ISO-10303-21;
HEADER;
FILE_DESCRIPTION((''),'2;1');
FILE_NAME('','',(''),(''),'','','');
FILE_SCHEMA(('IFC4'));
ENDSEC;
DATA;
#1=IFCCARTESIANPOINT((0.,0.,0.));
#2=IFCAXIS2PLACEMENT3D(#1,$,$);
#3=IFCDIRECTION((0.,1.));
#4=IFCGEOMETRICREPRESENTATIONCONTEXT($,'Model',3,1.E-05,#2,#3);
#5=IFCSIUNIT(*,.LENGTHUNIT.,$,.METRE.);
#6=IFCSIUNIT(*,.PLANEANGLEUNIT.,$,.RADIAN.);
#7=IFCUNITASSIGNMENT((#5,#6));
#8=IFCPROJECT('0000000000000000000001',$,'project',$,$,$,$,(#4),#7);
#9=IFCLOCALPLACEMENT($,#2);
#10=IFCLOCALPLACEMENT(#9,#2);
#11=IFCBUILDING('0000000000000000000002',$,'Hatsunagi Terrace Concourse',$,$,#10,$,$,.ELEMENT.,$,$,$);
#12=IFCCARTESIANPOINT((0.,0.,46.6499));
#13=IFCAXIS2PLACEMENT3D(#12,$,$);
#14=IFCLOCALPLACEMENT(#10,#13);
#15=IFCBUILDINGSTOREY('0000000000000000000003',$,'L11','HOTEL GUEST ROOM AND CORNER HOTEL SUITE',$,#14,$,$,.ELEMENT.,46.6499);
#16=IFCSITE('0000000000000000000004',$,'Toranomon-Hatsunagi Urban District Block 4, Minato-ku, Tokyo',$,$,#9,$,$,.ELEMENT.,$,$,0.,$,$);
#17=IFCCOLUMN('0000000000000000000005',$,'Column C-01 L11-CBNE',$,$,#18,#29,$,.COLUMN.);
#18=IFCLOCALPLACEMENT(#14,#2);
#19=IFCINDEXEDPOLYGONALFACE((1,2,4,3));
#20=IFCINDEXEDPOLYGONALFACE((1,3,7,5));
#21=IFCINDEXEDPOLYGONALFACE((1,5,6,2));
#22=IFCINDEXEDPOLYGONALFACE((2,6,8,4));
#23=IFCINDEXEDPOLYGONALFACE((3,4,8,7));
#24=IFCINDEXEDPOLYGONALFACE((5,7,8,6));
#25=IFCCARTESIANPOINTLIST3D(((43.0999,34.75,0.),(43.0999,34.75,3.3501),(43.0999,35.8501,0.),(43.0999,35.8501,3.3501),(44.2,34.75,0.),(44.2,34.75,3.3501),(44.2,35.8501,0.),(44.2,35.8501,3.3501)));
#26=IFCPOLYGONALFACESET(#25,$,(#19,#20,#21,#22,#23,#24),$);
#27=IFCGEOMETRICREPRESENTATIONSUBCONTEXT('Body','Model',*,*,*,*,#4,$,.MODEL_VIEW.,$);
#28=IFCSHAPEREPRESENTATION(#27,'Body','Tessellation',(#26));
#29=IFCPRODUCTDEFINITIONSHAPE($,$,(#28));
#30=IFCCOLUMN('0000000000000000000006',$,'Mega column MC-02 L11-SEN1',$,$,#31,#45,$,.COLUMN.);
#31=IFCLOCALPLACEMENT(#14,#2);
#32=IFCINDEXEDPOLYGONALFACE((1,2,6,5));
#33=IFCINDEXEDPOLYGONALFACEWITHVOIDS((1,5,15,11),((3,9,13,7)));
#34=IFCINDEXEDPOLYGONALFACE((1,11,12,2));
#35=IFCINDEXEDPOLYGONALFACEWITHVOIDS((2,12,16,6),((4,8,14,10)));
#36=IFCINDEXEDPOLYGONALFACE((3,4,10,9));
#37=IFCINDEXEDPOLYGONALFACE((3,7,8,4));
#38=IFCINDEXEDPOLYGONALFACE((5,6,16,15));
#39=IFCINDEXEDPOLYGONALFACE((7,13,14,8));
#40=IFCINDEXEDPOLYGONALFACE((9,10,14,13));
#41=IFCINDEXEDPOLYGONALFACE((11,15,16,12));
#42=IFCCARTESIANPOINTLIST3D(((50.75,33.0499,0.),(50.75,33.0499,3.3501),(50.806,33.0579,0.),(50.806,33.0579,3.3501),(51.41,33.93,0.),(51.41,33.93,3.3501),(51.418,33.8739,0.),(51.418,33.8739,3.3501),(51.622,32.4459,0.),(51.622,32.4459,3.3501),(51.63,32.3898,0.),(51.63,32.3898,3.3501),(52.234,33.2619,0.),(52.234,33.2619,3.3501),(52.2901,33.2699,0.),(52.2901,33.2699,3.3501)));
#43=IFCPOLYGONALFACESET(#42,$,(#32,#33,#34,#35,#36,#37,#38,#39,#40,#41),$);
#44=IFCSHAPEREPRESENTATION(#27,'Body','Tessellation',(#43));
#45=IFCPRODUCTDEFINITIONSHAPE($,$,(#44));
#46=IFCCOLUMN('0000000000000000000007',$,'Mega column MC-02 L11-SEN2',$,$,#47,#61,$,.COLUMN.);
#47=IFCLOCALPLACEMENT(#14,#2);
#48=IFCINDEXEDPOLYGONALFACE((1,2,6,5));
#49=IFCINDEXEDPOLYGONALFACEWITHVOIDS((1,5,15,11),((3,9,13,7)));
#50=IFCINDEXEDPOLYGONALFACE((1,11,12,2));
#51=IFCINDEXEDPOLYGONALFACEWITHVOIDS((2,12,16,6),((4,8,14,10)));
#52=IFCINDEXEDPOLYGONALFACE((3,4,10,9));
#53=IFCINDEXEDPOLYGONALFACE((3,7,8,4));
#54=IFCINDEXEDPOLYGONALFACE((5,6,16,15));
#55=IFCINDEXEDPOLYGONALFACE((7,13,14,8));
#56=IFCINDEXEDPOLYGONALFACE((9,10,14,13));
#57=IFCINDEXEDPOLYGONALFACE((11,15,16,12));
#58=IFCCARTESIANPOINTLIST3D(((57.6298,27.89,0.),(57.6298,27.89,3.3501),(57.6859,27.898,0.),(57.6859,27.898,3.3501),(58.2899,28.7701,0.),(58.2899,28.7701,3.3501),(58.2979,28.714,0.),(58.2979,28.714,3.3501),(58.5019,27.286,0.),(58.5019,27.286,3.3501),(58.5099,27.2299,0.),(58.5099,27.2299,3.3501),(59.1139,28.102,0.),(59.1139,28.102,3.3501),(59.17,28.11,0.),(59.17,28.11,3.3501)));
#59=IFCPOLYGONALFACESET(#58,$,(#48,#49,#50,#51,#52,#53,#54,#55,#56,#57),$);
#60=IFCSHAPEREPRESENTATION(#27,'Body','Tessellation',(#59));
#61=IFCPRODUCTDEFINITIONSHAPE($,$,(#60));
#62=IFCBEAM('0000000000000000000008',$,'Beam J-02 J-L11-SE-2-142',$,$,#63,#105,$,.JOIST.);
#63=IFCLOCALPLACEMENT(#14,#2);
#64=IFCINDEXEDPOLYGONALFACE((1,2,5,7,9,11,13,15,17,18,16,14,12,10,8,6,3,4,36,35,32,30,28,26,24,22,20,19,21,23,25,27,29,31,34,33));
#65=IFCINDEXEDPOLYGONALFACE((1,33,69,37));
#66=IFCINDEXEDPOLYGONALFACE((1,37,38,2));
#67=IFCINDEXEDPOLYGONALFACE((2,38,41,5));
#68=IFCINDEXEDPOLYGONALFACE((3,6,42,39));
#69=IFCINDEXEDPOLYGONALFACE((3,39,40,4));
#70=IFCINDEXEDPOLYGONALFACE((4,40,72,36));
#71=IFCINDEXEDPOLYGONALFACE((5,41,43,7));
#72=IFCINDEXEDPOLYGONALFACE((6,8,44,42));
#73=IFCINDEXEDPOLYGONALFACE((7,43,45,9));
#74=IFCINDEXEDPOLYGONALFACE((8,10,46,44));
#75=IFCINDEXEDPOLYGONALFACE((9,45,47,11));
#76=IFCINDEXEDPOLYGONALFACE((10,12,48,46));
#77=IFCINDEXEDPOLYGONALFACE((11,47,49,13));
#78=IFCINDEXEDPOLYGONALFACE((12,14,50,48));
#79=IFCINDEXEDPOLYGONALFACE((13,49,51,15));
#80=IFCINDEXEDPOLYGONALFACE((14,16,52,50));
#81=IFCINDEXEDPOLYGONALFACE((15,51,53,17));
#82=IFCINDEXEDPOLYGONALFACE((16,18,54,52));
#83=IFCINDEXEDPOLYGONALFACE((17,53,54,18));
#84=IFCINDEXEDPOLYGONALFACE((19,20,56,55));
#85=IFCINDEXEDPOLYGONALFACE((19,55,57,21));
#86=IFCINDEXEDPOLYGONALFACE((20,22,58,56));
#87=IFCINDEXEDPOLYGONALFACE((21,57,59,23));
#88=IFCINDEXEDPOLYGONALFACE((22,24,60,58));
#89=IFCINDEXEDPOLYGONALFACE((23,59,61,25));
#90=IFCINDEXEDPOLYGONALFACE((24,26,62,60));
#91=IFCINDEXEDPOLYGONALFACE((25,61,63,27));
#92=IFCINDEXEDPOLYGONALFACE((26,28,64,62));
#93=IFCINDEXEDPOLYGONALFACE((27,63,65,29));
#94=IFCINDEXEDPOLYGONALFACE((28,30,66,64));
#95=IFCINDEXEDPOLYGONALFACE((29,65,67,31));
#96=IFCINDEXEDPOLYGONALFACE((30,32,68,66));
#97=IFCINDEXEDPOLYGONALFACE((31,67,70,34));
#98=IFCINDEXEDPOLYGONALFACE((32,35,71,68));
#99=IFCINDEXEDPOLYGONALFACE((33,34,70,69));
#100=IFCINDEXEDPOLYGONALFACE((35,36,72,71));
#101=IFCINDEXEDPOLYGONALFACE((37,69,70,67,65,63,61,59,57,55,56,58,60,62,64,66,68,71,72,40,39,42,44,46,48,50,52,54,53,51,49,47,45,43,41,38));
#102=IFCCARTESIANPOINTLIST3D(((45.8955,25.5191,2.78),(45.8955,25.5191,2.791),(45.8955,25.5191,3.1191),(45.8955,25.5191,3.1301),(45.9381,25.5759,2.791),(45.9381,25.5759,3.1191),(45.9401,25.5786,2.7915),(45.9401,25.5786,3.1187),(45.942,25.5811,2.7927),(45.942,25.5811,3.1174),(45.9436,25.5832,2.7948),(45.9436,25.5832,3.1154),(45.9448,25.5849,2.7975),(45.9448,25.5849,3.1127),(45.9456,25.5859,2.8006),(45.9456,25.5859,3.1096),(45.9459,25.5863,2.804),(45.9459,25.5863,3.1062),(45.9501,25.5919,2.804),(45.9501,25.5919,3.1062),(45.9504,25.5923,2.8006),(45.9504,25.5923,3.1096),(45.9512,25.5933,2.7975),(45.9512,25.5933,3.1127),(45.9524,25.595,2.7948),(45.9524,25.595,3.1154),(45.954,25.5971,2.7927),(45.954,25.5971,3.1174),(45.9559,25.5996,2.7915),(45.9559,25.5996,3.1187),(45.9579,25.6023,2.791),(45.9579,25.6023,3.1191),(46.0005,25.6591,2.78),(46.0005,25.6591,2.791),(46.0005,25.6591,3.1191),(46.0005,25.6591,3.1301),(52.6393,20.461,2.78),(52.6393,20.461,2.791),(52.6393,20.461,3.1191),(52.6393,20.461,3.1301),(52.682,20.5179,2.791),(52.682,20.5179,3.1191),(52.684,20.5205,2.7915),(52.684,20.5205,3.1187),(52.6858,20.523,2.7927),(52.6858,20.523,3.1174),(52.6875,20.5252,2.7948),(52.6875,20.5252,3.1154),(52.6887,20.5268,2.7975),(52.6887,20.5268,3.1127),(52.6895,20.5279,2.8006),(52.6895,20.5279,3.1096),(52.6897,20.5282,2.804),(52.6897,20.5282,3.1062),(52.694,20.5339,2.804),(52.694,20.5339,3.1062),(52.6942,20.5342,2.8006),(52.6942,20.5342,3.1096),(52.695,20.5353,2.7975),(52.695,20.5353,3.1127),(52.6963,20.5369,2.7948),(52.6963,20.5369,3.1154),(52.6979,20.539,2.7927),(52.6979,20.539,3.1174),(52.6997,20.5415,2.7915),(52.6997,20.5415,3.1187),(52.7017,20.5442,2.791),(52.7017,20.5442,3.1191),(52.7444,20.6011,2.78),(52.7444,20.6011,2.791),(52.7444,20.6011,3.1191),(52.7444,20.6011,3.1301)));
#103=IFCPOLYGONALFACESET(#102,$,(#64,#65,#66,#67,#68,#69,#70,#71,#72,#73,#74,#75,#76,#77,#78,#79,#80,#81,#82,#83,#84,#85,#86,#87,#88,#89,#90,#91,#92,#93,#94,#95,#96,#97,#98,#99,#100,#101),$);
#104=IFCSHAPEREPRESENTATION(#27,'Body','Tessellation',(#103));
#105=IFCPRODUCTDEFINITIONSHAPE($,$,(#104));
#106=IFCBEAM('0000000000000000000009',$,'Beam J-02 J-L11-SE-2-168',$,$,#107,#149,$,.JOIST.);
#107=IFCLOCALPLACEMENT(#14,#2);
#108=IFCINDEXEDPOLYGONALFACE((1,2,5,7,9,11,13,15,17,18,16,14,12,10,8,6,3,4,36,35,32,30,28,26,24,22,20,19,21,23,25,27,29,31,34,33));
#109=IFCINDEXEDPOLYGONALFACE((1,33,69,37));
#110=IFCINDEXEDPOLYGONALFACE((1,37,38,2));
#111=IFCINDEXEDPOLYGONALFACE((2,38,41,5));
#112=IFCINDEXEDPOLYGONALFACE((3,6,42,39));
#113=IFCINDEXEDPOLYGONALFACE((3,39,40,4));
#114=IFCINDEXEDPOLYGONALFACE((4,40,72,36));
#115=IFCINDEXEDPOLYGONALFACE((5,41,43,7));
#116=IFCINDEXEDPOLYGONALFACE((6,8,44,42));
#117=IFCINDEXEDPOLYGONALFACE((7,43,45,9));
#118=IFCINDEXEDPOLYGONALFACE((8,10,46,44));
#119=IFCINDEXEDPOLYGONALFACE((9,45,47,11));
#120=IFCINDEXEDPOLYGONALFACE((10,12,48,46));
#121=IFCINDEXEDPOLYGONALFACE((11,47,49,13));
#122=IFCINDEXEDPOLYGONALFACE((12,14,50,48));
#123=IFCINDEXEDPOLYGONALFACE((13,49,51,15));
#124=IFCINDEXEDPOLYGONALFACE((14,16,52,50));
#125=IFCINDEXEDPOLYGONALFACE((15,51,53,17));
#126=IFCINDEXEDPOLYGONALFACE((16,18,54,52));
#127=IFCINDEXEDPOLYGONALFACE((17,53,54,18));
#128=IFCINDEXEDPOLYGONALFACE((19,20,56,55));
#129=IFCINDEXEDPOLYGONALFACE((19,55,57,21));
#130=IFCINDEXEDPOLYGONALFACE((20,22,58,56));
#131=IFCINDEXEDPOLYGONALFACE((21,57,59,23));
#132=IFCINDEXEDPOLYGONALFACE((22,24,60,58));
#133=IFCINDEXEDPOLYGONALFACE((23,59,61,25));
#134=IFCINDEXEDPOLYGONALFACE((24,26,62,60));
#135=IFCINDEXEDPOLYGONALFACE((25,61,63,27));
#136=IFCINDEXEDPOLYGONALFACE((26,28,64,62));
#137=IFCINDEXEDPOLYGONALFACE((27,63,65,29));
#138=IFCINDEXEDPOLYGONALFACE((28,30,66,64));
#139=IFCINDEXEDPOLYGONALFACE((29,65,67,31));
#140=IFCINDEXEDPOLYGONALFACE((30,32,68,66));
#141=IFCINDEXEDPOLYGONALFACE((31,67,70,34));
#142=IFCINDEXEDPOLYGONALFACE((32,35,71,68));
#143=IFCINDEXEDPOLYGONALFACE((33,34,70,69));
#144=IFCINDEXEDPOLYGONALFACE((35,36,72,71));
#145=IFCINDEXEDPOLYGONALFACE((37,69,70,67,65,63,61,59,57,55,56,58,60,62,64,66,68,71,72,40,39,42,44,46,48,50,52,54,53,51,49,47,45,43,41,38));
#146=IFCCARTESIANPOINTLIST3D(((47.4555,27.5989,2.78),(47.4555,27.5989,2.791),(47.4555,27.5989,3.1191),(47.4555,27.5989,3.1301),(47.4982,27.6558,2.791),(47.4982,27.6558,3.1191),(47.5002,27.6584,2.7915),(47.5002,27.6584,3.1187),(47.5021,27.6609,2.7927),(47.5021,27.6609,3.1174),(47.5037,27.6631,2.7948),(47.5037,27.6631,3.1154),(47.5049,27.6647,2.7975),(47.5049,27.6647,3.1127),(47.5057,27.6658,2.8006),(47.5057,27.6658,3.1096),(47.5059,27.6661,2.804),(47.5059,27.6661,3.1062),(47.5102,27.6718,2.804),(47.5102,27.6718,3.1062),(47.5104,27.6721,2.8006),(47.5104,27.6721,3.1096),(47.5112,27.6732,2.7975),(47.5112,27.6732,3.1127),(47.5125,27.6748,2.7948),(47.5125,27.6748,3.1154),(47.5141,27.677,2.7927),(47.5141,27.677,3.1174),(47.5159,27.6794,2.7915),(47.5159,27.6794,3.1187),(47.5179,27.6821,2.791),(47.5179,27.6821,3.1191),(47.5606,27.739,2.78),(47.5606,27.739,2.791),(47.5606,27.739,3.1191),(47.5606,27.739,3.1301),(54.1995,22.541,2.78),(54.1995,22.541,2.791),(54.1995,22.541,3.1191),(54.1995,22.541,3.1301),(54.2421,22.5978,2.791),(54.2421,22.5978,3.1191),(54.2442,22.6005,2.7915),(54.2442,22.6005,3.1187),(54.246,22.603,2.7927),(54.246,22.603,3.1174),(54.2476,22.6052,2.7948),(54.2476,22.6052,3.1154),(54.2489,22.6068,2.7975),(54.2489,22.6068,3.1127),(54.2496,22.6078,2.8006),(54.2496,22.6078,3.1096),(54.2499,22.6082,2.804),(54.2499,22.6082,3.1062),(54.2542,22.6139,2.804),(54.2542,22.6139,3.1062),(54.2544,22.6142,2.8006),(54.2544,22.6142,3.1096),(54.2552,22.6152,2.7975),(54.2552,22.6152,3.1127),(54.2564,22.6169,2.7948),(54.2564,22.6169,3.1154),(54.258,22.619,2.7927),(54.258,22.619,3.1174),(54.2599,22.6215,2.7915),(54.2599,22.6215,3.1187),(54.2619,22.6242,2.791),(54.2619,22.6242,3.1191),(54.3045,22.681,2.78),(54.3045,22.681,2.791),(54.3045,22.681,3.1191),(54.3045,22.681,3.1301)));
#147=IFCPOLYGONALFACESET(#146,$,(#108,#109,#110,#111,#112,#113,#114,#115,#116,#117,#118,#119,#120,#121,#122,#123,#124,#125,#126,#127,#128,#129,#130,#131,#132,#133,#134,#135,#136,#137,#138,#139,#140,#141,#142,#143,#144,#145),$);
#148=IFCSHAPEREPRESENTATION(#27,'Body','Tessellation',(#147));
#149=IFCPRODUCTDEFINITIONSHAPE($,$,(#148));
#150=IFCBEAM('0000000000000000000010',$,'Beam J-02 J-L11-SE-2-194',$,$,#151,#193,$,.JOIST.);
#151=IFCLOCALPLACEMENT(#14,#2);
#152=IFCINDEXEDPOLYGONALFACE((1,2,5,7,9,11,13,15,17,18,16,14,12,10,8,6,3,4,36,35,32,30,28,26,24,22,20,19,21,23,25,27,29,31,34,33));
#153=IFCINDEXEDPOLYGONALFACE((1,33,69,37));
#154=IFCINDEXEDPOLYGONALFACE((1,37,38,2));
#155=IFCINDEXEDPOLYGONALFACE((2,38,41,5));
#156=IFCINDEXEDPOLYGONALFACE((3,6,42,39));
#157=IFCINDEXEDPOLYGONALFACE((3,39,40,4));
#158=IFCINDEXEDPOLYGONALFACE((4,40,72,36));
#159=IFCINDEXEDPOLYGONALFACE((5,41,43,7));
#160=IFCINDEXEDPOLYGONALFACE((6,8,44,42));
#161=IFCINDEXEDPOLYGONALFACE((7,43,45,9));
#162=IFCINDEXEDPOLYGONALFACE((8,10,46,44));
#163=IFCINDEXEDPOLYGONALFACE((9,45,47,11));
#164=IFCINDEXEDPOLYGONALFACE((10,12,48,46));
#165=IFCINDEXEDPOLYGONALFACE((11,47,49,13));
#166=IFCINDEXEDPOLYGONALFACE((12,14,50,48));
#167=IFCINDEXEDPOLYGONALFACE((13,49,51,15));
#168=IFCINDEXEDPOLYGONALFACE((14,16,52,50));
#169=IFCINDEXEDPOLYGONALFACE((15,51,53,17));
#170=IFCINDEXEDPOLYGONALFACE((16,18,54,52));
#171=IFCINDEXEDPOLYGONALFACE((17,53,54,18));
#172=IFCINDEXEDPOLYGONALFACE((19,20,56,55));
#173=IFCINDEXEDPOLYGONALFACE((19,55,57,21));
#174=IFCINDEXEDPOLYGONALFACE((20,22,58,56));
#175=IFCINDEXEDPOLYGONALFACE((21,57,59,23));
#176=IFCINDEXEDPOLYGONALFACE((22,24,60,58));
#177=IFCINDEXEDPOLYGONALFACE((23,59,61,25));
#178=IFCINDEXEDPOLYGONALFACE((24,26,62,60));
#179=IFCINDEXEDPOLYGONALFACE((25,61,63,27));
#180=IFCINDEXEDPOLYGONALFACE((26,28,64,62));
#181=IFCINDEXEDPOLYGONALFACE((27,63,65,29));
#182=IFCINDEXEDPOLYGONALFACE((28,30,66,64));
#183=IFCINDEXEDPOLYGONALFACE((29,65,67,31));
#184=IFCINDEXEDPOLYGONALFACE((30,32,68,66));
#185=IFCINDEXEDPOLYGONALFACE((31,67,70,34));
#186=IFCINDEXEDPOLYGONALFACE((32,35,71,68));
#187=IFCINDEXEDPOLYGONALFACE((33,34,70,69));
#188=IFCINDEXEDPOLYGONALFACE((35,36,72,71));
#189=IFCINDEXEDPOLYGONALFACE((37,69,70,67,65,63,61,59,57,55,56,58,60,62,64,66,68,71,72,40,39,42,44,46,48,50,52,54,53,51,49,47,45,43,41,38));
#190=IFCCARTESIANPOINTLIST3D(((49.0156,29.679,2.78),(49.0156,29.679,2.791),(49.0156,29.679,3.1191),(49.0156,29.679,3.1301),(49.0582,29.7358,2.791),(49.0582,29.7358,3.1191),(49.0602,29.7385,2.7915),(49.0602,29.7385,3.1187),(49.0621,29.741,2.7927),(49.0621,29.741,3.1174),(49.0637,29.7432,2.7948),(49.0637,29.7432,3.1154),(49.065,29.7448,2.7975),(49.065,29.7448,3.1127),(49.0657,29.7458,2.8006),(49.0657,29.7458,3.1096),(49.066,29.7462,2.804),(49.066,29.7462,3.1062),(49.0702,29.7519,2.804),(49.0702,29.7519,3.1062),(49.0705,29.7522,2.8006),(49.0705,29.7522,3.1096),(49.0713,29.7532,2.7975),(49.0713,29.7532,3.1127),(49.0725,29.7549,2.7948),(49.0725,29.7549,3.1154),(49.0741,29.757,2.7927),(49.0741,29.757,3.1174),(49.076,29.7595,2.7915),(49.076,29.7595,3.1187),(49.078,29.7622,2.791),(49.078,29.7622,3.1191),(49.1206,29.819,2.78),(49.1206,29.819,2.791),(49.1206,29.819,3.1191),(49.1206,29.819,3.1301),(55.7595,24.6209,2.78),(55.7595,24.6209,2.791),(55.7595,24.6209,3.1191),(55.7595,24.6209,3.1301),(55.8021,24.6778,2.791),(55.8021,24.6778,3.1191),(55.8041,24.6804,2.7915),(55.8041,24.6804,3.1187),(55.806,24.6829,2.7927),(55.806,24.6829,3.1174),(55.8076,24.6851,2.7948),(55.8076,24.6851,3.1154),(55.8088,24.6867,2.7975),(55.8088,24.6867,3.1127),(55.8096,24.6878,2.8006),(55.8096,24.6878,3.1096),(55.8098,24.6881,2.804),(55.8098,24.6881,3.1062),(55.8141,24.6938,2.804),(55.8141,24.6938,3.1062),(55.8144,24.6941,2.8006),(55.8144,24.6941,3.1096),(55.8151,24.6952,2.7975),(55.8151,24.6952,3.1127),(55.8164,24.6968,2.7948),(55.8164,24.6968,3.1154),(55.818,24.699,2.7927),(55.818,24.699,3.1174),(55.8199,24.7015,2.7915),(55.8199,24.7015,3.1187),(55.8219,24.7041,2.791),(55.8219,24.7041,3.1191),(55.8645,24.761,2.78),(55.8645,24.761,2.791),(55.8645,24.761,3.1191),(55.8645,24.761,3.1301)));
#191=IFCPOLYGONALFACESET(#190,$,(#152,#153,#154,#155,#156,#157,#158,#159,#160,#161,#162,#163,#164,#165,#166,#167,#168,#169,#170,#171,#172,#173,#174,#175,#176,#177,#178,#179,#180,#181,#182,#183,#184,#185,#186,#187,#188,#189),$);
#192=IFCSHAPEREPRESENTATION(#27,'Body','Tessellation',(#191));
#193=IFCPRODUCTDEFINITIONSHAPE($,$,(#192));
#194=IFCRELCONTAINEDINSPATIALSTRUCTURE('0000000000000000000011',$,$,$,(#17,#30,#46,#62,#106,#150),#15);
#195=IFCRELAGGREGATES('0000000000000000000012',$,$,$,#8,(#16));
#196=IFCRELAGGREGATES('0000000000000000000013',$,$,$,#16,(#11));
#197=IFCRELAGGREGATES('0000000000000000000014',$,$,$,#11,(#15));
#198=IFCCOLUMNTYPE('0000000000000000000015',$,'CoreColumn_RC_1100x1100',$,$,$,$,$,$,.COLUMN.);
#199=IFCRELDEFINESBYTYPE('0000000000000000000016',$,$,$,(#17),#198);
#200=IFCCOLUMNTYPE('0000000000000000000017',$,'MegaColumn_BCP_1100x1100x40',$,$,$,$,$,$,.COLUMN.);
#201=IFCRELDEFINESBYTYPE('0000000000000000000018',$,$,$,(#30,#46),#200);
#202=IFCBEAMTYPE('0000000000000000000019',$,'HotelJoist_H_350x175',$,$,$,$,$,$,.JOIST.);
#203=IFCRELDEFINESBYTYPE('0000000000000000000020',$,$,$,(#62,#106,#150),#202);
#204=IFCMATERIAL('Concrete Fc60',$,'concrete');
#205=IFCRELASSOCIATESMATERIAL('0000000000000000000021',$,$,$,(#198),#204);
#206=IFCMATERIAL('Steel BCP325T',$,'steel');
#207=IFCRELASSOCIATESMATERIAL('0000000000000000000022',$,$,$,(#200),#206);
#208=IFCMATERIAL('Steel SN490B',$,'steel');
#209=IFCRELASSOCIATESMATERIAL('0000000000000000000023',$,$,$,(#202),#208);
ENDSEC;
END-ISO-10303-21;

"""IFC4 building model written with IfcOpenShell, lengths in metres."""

from ifc_helpers import new_model, si_unit, direction, frame, origin, origin_2d, place, context, subcontext, project, spatial, rectangle, hollow_rectangle, i_section, extrude, material, material_profile, profile_set, type_object, element, save


model = new_model("IFC4")

# Units and contexts
model_context = context("Model", 3, precision=1e-05, world=origin(), true_north=direction((0.0, 1.0)))
body_context = subcontext(model_context, "Body", "Model", "MODEL_VIEW")
ifc_project = project(units=[si_unit("LENGTHUNIT", "METRE"), si_unit("PLANEANGLEUNIT", "RADIAN")], contexts=[model_context])

# Site, building, storey
site_placement = place(None, origin())
site = spatial("IfcSite", under=ifc_project, at=site_placement, Name="Toranomon-Hatsunagi Urban District Block 4, Minato-ku, Tokyo", CompositionType="ELEMENT", RefElevation=0.0)
building_placement = place(site_placement, origin())
building = spatial("IfcBuilding", under=site, at=building_placement, Name="Hatsunagi Terrace Concourse", CompositionType="ELEMENT")
storey_placement = place(building_placement, frame((0.0, 0.0, 46.6499)))
storey = spatial("IfcBuildingStorey", under=building, at=storey_placement, Name="L11", Description="HOTEL GUEST ROOM AND CORNER HOTEL SUITE", CompositionType="ELEMENT", Elevation=46.6499)

# Columns
ifc_material_1 = material(Name="Concrete Fc60", Category="concrete")
ifc_material_profile_1 = material_profile(ifc_material_1, rectangle(XDim=1.1001, YDim=1.1001, at=origin_2d()), Name="RC-1100x1100")
ifc_profile_set_1 = profile_set([ifc_material_profile_1], Name="Concrete Fc60")
column_type_1 = type_object("IfcColumnType", Name="CoreColumn_RC_1100x1100", PredefinedType="COLUMN", material=ifc_profile_set_1)
column_placement = place(storey_placement, frame((43.6499, 35.3, 0.0), z_axis=(0.0, 0.0, 1.0), x_axis=(1.0, 0.0, 0.0)))
element("IfcColumn", 1, at=column_placement, inside=storey, type_object=column_type_1, Name="Column C-01 L11-CBNE", PredefinedType="COLUMN", context=body_context, shape_type="SweptSolid", body=[
    extrude(rectangle(XDim=1.1001, YDim=1.1001, at=origin_2d()), origin(), (0.0, 0.0, 1.0), 3.3501),
])
ifc_material_2 = material(Name="Steel BCP325T", Category="steel")
ifc_material_profile_2 = material_profile(ifc_material_2, hollow_rectangle(XDim=1.1001, YDim=1.1001, WallThickness=0.04, at=origin_2d()), Name="BCP-1100x1100x40")
ifc_profile_set_2 = profile_set([ifc_material_profile_2], Name="Steel BCP325T")
column_type_2 = type_object("IfcColumnType", Name="MegaColumn_BCP_1100x1100x40", PredefinedType="COLUMN", material=ifc_profile_set_2)
for number, where, z_axis, x_axis, name in (
    (2, (51.52, 33.1599, 0.0), (0.0, 0.0, 1.0), (0.8, -0.6, 0.0), "Mega column MC-02 L11-SEN1"),
    (3, (58.3999, 28.0, 0.0), (0.0, 0.0, 1.0), (0.8, -0.6, 0.0), "Mega column MC-02 L11-SEN2"),
):
    element("IfcColumn", number, at=place(storey_placement, frame(where, z_axis=z_axis, x_axis=x_axis)), inside=storey, type_object=column_type_2, Name=name, PredefinedType="COLUMN", context=body_context, shape_type="SweptSolid", body=[
        extrude(hollow_rectangle(XDim=1.1001, YDim=1.1001, WallThickness=0.04, at=origin_2d()), origin(), (0.0, 0.0, 1.0), 3.3501),
    ])

# Beams
ifc_material_3 = material(Name="Steel SN490B", Category="steel")
ifc_material_profile_3 = material_profile(ifc_material_3, i_section(OverallWidth=0.175, OverallDepth=0.3501, WebThickness=0.0071, FlangeThickness=0.011, FilletRadius=0.0129, at=origin_2d()), Name="H-350x175x7x11")
ifc_profile_set_3 = profile_set([ifc_material_profile_3], Name="Steel SN490B")
beam_type_1 = type_object("IfcBeamType", Name="HotelJoist_H_350x175", PredefinedType="JOIST", material=ifc_profile_set_3)
for number, where, z_axis, x_axis, name in (
    (4, (45.948, 25.5891, 2.9551), (0.79999, -0.600014, 0.0), (0.600014, 0.79999, 0.0), "Beam J-02 J-L11-SE-2-142"),
    (5, (47.5081, 27.6689, 2.9551), (0.800003, -0.599995, 0.0), (0.599995, 0.800003, 0.0), "Beam J-02 J-L11-SE-2-168"),
    (6, (49.0681, 29.749, 2.9551), (0.79999, -0.600014, 0.0), (0.600014, 0.79999, 0.0), "Beam J-02 J-L11-SE-2-194"),
):
    element("IfcBeam", number, at=place(storey_placement, frame(where, z_axis=z_axis, x_axis=x_axis)), inside=storey, type_object=beam_type_1, Name=name, PredefinedType="JOIST", context=body_context, shape_type="SweptSolid", body=[
        extrude(i_section(OverallWidth=0.175, OverallDepth=0.3501, WebThickness=0.0071, FlangeThickness=0.011, FilletRadius=0.0129, at=origin_2d()), origin(), (0.0, 0.0, 1.0), 8.4299),
    ])

save(model, "model.ifc")
